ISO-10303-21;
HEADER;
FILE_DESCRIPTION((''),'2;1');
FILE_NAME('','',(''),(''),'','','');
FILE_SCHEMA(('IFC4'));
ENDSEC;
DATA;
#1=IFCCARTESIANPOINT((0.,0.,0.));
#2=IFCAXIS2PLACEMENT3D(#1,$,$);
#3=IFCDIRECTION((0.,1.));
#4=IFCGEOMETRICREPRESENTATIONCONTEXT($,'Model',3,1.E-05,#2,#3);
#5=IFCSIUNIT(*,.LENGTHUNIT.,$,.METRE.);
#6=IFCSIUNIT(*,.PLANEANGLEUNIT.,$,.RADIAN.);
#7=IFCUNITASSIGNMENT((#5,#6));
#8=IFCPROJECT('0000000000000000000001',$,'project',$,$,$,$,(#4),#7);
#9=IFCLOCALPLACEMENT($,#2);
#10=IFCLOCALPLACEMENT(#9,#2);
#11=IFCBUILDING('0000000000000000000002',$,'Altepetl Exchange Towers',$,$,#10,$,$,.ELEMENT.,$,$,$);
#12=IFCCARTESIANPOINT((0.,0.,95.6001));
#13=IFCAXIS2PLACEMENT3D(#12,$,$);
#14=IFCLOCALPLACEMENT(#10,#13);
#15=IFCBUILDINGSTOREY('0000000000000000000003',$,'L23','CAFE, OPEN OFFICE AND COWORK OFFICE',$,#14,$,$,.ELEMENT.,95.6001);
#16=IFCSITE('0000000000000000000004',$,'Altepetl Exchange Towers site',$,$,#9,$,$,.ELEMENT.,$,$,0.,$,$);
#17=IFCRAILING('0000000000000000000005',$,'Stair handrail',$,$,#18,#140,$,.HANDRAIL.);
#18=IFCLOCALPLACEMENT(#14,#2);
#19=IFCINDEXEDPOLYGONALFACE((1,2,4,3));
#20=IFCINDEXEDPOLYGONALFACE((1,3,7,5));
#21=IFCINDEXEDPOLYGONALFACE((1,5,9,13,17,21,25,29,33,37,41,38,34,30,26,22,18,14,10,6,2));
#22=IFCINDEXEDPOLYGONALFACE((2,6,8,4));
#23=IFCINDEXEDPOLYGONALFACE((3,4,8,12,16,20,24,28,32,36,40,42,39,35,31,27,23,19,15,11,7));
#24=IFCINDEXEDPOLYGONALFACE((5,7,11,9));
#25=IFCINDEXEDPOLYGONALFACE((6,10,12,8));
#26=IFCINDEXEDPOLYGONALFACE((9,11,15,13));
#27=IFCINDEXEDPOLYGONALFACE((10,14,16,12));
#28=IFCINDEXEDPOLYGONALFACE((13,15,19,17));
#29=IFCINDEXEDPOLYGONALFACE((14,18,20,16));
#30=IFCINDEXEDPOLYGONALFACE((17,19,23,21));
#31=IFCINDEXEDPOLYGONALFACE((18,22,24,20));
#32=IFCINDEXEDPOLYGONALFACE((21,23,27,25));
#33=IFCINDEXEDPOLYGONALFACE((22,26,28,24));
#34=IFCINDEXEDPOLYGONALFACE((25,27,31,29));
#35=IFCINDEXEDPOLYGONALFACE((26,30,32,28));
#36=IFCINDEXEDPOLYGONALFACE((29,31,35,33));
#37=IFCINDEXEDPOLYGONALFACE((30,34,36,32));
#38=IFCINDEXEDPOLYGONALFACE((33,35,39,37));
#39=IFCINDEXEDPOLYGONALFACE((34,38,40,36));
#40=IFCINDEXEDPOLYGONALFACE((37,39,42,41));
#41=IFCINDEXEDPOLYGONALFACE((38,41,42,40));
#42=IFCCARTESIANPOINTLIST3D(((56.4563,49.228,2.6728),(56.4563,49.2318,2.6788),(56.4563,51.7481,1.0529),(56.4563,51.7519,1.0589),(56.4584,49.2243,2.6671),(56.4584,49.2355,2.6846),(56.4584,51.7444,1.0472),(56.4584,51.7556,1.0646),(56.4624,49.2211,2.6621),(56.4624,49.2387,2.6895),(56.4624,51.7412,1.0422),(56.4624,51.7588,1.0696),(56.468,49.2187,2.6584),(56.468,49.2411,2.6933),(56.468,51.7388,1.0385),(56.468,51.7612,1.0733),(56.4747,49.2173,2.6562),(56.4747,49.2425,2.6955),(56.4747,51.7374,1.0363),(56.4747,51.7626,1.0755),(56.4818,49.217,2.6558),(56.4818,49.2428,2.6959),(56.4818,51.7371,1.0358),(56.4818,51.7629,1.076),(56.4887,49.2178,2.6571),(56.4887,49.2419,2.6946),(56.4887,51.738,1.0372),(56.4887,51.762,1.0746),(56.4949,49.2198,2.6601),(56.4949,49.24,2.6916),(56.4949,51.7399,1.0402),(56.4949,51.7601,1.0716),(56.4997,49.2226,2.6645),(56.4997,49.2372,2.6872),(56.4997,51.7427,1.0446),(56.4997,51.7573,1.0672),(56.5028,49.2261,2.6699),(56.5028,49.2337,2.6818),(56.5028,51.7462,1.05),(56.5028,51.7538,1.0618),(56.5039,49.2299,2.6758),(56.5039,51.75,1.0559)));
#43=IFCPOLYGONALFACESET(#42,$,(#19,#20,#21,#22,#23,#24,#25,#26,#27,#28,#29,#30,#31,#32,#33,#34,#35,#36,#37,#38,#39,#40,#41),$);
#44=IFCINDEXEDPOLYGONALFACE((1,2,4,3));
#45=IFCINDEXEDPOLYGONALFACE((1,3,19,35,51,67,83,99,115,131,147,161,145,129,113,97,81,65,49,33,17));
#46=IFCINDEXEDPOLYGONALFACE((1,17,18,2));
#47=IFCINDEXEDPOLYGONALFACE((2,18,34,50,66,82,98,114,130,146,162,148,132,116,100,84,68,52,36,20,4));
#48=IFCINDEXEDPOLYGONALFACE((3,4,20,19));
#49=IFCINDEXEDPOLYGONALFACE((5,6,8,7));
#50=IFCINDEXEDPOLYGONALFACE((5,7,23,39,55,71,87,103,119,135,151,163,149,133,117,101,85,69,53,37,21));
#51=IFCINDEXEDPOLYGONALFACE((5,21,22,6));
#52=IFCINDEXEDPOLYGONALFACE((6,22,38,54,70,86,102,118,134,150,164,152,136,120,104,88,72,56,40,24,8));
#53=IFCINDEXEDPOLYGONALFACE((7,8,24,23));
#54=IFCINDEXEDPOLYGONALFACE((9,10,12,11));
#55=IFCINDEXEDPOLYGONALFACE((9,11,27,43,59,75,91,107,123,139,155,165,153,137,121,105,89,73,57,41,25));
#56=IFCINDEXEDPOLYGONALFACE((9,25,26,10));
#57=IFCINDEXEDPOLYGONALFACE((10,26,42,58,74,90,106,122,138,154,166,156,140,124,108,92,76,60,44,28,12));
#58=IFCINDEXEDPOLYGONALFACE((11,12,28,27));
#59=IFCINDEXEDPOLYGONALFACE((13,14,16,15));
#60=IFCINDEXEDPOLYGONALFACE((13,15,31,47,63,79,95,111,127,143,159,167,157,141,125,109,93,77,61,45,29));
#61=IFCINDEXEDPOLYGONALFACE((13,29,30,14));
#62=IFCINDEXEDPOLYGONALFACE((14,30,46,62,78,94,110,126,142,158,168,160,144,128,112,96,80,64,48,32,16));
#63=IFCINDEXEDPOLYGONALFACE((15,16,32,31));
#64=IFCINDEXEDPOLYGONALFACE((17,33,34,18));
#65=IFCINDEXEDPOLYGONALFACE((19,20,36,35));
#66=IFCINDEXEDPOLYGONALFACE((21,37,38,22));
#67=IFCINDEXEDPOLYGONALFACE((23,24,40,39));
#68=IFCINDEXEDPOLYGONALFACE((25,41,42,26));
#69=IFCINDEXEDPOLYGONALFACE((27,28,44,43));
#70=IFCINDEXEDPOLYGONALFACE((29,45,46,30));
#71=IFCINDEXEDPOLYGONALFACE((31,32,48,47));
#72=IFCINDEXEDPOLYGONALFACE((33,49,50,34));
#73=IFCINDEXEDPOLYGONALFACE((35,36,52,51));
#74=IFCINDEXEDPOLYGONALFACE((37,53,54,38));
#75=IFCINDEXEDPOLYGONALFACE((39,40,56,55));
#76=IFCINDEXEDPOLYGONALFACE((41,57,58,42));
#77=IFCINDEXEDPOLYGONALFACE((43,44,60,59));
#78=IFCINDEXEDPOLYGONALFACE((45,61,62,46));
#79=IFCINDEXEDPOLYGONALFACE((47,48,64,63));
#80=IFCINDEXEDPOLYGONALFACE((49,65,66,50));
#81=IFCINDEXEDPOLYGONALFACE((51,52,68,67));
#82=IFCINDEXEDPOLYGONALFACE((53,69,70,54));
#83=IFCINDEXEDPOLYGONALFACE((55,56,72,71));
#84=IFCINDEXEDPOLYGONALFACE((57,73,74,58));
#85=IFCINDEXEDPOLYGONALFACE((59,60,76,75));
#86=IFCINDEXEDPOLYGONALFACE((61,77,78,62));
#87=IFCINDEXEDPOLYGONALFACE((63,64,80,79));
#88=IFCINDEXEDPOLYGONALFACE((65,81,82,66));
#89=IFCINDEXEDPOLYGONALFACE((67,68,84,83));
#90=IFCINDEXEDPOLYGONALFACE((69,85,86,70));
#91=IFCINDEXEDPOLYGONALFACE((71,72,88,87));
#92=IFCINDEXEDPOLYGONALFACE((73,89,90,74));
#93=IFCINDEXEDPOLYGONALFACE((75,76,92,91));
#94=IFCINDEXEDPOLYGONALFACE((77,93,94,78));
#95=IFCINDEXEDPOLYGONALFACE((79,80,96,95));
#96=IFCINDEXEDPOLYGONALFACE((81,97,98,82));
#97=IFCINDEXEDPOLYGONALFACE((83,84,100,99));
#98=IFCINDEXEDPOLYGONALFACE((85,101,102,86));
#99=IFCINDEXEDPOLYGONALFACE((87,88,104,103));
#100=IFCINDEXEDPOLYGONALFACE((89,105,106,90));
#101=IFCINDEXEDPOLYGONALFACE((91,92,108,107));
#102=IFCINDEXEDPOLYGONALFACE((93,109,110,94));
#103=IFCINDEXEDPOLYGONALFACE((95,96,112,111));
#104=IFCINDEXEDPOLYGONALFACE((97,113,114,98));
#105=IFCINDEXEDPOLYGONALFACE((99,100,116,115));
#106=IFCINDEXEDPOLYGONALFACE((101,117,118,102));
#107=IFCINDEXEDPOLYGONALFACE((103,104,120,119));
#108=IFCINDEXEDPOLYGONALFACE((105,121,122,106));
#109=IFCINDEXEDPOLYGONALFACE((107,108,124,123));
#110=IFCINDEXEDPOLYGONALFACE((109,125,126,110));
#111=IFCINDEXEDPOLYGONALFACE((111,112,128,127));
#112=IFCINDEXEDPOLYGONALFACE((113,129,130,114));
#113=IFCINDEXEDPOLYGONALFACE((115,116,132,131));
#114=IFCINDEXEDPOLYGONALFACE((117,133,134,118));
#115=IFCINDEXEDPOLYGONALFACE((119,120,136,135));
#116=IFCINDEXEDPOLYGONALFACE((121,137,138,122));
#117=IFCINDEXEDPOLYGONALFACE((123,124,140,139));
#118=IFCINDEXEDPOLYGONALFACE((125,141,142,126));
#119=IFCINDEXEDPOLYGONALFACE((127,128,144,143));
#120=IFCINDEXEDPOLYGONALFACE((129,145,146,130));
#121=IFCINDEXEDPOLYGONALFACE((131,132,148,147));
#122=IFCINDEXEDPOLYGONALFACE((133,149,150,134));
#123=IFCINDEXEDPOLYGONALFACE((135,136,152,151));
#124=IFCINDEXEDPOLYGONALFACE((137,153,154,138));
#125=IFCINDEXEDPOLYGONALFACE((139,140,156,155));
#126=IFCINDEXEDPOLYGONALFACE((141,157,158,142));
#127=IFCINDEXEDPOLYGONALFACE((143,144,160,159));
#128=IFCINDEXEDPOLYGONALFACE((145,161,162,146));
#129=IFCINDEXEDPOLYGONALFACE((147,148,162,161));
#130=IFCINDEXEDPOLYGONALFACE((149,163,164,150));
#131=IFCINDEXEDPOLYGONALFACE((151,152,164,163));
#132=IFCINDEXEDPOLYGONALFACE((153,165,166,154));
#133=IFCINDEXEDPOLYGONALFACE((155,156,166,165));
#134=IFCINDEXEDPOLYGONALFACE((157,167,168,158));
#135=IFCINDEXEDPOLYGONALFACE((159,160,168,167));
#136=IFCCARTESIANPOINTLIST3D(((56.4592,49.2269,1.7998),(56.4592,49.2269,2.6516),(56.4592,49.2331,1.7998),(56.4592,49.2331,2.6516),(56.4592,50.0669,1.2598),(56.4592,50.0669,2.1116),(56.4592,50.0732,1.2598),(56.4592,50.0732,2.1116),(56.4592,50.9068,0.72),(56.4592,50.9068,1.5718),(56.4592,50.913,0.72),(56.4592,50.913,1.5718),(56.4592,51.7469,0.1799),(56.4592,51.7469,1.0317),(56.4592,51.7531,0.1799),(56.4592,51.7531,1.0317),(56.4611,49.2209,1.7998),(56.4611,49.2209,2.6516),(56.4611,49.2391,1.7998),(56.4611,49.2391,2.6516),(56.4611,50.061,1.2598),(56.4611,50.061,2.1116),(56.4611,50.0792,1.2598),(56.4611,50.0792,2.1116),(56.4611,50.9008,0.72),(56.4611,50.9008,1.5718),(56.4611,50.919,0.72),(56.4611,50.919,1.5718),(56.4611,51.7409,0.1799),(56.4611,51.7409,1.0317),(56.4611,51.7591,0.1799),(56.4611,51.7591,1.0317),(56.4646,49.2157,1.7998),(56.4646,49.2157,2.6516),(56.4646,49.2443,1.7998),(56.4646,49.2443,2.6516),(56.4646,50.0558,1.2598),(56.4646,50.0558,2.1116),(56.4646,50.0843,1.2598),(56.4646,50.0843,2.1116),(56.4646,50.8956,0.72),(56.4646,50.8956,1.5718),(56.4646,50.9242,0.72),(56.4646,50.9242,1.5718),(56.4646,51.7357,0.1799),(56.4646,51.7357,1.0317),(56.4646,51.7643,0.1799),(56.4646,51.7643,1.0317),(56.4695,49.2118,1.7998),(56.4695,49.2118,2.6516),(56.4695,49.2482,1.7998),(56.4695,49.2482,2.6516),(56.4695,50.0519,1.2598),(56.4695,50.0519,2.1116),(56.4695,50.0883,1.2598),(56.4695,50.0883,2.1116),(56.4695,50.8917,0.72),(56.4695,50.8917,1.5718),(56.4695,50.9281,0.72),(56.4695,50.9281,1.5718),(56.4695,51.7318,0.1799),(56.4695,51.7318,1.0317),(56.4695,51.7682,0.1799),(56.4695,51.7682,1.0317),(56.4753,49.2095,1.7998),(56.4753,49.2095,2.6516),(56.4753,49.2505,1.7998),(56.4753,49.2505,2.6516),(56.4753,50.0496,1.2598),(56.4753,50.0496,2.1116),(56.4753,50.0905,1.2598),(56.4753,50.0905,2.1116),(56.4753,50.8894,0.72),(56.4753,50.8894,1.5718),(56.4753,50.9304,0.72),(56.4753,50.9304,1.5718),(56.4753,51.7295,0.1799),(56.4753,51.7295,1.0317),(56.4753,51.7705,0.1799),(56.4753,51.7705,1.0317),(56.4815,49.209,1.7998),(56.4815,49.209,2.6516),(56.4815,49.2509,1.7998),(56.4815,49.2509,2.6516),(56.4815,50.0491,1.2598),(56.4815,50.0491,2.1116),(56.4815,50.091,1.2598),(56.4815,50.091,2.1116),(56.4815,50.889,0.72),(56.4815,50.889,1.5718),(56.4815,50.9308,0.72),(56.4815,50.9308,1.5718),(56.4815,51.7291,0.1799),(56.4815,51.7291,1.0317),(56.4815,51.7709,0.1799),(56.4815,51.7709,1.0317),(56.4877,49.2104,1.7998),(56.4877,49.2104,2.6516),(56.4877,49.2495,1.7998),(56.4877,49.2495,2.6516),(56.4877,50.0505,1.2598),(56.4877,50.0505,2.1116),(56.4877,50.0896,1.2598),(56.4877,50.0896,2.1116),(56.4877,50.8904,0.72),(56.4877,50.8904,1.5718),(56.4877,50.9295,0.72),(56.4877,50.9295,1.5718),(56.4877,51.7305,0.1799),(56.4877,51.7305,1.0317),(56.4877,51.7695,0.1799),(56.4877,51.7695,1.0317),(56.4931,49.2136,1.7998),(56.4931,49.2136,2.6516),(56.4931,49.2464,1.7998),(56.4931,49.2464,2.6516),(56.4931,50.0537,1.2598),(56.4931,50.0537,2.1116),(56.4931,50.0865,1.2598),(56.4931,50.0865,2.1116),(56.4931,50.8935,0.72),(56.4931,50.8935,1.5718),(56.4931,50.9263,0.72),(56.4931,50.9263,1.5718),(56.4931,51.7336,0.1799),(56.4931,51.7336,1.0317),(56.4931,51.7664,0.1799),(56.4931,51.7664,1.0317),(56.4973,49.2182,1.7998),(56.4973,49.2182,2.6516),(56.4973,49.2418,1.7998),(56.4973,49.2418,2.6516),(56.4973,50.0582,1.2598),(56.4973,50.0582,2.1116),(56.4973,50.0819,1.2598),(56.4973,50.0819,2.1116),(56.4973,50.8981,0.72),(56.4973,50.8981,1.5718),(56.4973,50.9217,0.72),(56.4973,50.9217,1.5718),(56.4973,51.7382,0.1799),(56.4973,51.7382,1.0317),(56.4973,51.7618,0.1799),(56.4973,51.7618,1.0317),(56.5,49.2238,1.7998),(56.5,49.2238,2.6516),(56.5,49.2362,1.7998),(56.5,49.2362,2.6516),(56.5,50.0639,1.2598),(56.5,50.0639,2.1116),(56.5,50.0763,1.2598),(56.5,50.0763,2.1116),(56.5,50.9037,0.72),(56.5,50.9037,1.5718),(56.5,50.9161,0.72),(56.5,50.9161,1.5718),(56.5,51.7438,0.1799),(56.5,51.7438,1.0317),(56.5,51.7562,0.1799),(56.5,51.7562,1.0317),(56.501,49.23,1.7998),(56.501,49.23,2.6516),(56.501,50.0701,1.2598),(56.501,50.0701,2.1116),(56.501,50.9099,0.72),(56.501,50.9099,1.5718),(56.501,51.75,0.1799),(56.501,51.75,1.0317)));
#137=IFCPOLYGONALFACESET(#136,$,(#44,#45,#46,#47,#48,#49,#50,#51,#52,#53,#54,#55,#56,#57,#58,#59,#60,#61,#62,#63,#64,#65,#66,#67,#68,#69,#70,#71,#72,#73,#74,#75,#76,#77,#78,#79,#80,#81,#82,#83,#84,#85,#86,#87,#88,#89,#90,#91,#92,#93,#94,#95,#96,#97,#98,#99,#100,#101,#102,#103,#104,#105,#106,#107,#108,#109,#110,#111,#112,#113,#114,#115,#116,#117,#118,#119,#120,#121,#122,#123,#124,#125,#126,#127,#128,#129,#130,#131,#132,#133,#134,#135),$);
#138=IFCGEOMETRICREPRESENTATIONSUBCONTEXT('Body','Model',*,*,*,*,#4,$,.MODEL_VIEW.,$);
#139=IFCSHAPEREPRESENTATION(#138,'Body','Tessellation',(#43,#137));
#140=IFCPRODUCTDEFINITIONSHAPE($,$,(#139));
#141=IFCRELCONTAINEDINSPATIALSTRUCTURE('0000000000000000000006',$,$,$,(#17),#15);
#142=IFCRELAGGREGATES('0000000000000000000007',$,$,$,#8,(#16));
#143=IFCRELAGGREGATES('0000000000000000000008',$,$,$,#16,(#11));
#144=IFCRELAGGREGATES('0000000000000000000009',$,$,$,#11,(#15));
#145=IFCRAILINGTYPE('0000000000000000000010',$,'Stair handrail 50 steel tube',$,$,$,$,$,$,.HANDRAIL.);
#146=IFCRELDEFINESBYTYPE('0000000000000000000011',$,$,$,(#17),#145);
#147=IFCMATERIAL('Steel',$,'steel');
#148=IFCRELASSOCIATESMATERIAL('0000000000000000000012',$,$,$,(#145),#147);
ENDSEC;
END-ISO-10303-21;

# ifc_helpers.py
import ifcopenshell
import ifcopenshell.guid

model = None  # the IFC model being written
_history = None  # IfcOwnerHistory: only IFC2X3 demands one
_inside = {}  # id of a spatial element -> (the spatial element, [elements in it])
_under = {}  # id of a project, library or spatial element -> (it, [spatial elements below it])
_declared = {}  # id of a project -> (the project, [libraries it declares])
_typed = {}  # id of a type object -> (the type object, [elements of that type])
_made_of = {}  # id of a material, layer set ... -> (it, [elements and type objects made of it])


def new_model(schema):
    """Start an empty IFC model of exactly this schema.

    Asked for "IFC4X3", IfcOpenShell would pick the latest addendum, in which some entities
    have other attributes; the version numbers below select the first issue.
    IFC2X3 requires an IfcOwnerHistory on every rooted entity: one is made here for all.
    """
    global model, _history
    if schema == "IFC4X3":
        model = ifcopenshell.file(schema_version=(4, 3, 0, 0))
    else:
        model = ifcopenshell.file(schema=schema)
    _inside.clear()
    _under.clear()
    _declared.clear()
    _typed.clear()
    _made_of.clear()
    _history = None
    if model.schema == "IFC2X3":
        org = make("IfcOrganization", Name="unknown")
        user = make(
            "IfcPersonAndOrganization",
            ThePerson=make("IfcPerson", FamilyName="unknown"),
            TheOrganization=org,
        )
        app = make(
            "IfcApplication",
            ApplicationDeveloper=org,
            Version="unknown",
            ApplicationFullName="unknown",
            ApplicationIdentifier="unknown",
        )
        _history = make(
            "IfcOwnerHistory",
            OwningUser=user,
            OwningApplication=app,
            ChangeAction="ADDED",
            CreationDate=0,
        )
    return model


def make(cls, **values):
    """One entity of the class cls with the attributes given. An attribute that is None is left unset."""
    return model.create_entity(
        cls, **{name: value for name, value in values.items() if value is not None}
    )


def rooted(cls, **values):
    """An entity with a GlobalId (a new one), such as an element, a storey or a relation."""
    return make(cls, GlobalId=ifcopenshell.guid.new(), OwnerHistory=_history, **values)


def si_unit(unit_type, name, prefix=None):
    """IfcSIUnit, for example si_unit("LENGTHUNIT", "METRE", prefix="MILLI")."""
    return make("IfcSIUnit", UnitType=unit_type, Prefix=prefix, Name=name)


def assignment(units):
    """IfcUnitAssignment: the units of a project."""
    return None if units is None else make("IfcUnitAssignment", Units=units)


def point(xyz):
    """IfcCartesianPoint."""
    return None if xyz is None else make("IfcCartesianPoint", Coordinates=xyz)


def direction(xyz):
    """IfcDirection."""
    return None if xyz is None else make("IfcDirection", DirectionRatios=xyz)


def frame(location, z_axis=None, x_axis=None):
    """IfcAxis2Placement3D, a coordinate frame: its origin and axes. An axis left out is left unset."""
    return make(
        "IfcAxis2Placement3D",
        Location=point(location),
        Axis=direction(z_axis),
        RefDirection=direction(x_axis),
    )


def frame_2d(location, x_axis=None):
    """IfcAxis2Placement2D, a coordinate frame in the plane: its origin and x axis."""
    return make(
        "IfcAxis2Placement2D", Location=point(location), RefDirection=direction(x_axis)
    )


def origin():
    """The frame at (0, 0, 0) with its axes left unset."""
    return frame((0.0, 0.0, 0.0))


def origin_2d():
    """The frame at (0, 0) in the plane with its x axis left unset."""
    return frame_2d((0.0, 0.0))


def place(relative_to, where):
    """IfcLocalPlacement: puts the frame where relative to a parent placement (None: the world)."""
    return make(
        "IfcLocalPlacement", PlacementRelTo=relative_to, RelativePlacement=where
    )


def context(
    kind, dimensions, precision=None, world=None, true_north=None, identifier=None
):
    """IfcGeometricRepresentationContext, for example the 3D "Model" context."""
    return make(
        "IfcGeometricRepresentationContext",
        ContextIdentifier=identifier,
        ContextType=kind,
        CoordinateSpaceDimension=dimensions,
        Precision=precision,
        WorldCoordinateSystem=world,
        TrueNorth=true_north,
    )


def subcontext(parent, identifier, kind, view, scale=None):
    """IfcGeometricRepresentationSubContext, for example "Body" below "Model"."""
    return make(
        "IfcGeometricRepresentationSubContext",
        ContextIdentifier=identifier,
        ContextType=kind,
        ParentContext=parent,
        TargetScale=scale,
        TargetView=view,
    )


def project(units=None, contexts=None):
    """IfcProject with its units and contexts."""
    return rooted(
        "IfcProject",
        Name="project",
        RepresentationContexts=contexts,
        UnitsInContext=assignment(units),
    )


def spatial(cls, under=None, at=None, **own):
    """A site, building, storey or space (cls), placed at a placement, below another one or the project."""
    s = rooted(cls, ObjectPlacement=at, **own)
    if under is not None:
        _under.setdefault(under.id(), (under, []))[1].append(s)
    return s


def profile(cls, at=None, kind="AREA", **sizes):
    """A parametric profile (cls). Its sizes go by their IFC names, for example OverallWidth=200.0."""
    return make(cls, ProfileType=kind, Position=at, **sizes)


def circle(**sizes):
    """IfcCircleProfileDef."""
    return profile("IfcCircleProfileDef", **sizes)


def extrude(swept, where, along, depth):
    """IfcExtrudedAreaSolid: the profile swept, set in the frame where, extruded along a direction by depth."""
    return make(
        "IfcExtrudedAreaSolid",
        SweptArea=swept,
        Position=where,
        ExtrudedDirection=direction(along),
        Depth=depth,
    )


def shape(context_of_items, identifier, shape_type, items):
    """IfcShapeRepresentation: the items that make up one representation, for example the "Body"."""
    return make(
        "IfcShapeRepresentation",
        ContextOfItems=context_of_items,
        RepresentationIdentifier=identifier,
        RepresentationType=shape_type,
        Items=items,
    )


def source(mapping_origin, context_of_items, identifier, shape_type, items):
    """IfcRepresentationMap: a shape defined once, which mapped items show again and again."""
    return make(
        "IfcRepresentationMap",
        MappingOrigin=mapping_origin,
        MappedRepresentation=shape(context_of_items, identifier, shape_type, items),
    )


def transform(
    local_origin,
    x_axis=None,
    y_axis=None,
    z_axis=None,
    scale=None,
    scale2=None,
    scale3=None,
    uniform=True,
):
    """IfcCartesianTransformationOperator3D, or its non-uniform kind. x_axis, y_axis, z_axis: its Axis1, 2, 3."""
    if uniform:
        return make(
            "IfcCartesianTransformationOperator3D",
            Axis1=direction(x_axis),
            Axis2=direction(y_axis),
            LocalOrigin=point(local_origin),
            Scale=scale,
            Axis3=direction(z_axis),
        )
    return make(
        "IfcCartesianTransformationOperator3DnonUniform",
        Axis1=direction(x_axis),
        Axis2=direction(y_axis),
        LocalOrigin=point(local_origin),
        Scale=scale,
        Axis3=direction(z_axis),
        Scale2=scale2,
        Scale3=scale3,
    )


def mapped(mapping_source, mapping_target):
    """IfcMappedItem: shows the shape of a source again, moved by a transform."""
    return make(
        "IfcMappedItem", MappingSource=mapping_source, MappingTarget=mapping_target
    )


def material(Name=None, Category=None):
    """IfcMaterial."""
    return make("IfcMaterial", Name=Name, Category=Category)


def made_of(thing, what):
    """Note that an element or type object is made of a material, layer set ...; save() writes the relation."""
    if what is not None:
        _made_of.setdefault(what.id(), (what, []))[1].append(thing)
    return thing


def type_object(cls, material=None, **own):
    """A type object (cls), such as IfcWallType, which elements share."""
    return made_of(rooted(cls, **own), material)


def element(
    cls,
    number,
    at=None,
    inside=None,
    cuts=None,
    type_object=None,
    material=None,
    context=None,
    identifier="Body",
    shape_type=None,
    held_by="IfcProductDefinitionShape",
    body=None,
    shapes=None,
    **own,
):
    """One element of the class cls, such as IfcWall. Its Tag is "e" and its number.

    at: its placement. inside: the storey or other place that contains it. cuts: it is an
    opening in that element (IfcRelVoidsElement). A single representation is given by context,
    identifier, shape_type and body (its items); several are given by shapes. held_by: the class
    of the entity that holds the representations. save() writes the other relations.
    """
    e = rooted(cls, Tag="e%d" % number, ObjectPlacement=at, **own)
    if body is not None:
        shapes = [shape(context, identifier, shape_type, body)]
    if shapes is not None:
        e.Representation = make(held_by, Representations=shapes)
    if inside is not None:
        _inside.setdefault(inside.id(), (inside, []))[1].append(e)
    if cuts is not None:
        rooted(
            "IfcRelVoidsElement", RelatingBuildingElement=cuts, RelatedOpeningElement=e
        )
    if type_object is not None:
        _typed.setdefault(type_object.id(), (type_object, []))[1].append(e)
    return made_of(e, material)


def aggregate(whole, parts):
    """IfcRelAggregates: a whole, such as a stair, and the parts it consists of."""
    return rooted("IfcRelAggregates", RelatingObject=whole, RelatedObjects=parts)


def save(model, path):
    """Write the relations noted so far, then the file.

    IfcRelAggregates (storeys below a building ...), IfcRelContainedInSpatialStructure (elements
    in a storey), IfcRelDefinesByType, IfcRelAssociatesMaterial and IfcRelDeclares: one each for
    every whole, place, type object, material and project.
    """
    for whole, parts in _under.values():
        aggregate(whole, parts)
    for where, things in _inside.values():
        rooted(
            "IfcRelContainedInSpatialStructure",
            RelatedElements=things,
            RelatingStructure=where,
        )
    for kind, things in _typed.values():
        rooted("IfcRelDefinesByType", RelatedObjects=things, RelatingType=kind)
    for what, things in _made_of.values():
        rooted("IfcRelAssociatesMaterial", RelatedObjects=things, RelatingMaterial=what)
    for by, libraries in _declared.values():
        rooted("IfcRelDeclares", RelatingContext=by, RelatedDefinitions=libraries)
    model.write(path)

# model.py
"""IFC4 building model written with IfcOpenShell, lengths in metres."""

from ifc_helpers import new_model, si_unit, direction, frame, origin, origin_2d, place, context, subcontext, project, spatial, circle, extrude, source, transform, mapped, material, type_object, element, save


model = new_model("IFC4")

# Units and contexts
model_context = context("Model", 3, precision=1e-05, world=origin(), true_north=direction((0.0, 1.0)))
body_context = subcontext(model_context, "Body", "Model", "MODEL_VIEW")
ifc_project = project(units=[si_unit("LENGTHUNIT", "METRE"), si_unit("PLANEANGLEUNIT", "RADIAN")], contexts=[model_context])

# Site, building, storey
site_placement = place(None, origin())
site = spatial("IfcSite", under=ifc_project, at=site_placement, Name="Altepetl Exchange Towers site", CompositionType="ELEMENT", RefElevation=0.0)
building_placement = place(site_placement, origin())
building = spatial("IfcBuilding", under=site, at=building_placement, Name="Altepetl Exchange Towers", CompositionType="ELEMENT")
storey_placement = place(building_placement, frame((0.0, 0.0, 95.6001)))
storey = spatial("IfcBuildingStorey", under=building, at=storey_placement, Name="L23", Description="CAFE, OPEN OFFICE AND COWORK OFFICE", CompositionType="ELEMENT", Elevation=95.6001)

# Railing
ifc_material_1 = material(Name="Steel", Category="steel")
railing_type = type_object("IfcRailingType", Name="Stair handrail 50 steel tube", PredefinedType="HANDRAIL", material=ifc_material_1)
shared_shape = source(origin(), body_context, "Body", "SweptSolid", [
    extrude(circle(Radius=0.021, at=origin_2d()), origin(), (0.0, 0.0, 1.0), 0.8518),
])
railing_1_placement = place(storey_placement, frame((56.48, 51.75, 0.1799)))
element("IfcRailing", 1, at=railing_1_placement, inside=storey, type_object=railing_type, Name="Stair handrail", PredefinedType="HANDRAIL", context=body_context, shape_type="SweptSolid", body=[
    extrude(circle(Radius=0.0239, at=origin_2d()), frame((0.0, 0.0, 0.876), z_axis=(0.0, -0.8412, 0.540725), x_axis=(1.0, 0.0, 0.0)), (0.0, 0.0, 1.0), 2.9958),
    mapped(shared_shape, transform((0.0, 0.0, 0.0))),
    mapped(shared_shape, transform((0.0, -0.8401, 0.54))),
    mapped(shared_shape, transform((0.0, -1.6799, 1.0798))),
    mapped(shared_shape, transform((0.0, -2.52, 1.6199))),
])

save(model, "model.ifc")
